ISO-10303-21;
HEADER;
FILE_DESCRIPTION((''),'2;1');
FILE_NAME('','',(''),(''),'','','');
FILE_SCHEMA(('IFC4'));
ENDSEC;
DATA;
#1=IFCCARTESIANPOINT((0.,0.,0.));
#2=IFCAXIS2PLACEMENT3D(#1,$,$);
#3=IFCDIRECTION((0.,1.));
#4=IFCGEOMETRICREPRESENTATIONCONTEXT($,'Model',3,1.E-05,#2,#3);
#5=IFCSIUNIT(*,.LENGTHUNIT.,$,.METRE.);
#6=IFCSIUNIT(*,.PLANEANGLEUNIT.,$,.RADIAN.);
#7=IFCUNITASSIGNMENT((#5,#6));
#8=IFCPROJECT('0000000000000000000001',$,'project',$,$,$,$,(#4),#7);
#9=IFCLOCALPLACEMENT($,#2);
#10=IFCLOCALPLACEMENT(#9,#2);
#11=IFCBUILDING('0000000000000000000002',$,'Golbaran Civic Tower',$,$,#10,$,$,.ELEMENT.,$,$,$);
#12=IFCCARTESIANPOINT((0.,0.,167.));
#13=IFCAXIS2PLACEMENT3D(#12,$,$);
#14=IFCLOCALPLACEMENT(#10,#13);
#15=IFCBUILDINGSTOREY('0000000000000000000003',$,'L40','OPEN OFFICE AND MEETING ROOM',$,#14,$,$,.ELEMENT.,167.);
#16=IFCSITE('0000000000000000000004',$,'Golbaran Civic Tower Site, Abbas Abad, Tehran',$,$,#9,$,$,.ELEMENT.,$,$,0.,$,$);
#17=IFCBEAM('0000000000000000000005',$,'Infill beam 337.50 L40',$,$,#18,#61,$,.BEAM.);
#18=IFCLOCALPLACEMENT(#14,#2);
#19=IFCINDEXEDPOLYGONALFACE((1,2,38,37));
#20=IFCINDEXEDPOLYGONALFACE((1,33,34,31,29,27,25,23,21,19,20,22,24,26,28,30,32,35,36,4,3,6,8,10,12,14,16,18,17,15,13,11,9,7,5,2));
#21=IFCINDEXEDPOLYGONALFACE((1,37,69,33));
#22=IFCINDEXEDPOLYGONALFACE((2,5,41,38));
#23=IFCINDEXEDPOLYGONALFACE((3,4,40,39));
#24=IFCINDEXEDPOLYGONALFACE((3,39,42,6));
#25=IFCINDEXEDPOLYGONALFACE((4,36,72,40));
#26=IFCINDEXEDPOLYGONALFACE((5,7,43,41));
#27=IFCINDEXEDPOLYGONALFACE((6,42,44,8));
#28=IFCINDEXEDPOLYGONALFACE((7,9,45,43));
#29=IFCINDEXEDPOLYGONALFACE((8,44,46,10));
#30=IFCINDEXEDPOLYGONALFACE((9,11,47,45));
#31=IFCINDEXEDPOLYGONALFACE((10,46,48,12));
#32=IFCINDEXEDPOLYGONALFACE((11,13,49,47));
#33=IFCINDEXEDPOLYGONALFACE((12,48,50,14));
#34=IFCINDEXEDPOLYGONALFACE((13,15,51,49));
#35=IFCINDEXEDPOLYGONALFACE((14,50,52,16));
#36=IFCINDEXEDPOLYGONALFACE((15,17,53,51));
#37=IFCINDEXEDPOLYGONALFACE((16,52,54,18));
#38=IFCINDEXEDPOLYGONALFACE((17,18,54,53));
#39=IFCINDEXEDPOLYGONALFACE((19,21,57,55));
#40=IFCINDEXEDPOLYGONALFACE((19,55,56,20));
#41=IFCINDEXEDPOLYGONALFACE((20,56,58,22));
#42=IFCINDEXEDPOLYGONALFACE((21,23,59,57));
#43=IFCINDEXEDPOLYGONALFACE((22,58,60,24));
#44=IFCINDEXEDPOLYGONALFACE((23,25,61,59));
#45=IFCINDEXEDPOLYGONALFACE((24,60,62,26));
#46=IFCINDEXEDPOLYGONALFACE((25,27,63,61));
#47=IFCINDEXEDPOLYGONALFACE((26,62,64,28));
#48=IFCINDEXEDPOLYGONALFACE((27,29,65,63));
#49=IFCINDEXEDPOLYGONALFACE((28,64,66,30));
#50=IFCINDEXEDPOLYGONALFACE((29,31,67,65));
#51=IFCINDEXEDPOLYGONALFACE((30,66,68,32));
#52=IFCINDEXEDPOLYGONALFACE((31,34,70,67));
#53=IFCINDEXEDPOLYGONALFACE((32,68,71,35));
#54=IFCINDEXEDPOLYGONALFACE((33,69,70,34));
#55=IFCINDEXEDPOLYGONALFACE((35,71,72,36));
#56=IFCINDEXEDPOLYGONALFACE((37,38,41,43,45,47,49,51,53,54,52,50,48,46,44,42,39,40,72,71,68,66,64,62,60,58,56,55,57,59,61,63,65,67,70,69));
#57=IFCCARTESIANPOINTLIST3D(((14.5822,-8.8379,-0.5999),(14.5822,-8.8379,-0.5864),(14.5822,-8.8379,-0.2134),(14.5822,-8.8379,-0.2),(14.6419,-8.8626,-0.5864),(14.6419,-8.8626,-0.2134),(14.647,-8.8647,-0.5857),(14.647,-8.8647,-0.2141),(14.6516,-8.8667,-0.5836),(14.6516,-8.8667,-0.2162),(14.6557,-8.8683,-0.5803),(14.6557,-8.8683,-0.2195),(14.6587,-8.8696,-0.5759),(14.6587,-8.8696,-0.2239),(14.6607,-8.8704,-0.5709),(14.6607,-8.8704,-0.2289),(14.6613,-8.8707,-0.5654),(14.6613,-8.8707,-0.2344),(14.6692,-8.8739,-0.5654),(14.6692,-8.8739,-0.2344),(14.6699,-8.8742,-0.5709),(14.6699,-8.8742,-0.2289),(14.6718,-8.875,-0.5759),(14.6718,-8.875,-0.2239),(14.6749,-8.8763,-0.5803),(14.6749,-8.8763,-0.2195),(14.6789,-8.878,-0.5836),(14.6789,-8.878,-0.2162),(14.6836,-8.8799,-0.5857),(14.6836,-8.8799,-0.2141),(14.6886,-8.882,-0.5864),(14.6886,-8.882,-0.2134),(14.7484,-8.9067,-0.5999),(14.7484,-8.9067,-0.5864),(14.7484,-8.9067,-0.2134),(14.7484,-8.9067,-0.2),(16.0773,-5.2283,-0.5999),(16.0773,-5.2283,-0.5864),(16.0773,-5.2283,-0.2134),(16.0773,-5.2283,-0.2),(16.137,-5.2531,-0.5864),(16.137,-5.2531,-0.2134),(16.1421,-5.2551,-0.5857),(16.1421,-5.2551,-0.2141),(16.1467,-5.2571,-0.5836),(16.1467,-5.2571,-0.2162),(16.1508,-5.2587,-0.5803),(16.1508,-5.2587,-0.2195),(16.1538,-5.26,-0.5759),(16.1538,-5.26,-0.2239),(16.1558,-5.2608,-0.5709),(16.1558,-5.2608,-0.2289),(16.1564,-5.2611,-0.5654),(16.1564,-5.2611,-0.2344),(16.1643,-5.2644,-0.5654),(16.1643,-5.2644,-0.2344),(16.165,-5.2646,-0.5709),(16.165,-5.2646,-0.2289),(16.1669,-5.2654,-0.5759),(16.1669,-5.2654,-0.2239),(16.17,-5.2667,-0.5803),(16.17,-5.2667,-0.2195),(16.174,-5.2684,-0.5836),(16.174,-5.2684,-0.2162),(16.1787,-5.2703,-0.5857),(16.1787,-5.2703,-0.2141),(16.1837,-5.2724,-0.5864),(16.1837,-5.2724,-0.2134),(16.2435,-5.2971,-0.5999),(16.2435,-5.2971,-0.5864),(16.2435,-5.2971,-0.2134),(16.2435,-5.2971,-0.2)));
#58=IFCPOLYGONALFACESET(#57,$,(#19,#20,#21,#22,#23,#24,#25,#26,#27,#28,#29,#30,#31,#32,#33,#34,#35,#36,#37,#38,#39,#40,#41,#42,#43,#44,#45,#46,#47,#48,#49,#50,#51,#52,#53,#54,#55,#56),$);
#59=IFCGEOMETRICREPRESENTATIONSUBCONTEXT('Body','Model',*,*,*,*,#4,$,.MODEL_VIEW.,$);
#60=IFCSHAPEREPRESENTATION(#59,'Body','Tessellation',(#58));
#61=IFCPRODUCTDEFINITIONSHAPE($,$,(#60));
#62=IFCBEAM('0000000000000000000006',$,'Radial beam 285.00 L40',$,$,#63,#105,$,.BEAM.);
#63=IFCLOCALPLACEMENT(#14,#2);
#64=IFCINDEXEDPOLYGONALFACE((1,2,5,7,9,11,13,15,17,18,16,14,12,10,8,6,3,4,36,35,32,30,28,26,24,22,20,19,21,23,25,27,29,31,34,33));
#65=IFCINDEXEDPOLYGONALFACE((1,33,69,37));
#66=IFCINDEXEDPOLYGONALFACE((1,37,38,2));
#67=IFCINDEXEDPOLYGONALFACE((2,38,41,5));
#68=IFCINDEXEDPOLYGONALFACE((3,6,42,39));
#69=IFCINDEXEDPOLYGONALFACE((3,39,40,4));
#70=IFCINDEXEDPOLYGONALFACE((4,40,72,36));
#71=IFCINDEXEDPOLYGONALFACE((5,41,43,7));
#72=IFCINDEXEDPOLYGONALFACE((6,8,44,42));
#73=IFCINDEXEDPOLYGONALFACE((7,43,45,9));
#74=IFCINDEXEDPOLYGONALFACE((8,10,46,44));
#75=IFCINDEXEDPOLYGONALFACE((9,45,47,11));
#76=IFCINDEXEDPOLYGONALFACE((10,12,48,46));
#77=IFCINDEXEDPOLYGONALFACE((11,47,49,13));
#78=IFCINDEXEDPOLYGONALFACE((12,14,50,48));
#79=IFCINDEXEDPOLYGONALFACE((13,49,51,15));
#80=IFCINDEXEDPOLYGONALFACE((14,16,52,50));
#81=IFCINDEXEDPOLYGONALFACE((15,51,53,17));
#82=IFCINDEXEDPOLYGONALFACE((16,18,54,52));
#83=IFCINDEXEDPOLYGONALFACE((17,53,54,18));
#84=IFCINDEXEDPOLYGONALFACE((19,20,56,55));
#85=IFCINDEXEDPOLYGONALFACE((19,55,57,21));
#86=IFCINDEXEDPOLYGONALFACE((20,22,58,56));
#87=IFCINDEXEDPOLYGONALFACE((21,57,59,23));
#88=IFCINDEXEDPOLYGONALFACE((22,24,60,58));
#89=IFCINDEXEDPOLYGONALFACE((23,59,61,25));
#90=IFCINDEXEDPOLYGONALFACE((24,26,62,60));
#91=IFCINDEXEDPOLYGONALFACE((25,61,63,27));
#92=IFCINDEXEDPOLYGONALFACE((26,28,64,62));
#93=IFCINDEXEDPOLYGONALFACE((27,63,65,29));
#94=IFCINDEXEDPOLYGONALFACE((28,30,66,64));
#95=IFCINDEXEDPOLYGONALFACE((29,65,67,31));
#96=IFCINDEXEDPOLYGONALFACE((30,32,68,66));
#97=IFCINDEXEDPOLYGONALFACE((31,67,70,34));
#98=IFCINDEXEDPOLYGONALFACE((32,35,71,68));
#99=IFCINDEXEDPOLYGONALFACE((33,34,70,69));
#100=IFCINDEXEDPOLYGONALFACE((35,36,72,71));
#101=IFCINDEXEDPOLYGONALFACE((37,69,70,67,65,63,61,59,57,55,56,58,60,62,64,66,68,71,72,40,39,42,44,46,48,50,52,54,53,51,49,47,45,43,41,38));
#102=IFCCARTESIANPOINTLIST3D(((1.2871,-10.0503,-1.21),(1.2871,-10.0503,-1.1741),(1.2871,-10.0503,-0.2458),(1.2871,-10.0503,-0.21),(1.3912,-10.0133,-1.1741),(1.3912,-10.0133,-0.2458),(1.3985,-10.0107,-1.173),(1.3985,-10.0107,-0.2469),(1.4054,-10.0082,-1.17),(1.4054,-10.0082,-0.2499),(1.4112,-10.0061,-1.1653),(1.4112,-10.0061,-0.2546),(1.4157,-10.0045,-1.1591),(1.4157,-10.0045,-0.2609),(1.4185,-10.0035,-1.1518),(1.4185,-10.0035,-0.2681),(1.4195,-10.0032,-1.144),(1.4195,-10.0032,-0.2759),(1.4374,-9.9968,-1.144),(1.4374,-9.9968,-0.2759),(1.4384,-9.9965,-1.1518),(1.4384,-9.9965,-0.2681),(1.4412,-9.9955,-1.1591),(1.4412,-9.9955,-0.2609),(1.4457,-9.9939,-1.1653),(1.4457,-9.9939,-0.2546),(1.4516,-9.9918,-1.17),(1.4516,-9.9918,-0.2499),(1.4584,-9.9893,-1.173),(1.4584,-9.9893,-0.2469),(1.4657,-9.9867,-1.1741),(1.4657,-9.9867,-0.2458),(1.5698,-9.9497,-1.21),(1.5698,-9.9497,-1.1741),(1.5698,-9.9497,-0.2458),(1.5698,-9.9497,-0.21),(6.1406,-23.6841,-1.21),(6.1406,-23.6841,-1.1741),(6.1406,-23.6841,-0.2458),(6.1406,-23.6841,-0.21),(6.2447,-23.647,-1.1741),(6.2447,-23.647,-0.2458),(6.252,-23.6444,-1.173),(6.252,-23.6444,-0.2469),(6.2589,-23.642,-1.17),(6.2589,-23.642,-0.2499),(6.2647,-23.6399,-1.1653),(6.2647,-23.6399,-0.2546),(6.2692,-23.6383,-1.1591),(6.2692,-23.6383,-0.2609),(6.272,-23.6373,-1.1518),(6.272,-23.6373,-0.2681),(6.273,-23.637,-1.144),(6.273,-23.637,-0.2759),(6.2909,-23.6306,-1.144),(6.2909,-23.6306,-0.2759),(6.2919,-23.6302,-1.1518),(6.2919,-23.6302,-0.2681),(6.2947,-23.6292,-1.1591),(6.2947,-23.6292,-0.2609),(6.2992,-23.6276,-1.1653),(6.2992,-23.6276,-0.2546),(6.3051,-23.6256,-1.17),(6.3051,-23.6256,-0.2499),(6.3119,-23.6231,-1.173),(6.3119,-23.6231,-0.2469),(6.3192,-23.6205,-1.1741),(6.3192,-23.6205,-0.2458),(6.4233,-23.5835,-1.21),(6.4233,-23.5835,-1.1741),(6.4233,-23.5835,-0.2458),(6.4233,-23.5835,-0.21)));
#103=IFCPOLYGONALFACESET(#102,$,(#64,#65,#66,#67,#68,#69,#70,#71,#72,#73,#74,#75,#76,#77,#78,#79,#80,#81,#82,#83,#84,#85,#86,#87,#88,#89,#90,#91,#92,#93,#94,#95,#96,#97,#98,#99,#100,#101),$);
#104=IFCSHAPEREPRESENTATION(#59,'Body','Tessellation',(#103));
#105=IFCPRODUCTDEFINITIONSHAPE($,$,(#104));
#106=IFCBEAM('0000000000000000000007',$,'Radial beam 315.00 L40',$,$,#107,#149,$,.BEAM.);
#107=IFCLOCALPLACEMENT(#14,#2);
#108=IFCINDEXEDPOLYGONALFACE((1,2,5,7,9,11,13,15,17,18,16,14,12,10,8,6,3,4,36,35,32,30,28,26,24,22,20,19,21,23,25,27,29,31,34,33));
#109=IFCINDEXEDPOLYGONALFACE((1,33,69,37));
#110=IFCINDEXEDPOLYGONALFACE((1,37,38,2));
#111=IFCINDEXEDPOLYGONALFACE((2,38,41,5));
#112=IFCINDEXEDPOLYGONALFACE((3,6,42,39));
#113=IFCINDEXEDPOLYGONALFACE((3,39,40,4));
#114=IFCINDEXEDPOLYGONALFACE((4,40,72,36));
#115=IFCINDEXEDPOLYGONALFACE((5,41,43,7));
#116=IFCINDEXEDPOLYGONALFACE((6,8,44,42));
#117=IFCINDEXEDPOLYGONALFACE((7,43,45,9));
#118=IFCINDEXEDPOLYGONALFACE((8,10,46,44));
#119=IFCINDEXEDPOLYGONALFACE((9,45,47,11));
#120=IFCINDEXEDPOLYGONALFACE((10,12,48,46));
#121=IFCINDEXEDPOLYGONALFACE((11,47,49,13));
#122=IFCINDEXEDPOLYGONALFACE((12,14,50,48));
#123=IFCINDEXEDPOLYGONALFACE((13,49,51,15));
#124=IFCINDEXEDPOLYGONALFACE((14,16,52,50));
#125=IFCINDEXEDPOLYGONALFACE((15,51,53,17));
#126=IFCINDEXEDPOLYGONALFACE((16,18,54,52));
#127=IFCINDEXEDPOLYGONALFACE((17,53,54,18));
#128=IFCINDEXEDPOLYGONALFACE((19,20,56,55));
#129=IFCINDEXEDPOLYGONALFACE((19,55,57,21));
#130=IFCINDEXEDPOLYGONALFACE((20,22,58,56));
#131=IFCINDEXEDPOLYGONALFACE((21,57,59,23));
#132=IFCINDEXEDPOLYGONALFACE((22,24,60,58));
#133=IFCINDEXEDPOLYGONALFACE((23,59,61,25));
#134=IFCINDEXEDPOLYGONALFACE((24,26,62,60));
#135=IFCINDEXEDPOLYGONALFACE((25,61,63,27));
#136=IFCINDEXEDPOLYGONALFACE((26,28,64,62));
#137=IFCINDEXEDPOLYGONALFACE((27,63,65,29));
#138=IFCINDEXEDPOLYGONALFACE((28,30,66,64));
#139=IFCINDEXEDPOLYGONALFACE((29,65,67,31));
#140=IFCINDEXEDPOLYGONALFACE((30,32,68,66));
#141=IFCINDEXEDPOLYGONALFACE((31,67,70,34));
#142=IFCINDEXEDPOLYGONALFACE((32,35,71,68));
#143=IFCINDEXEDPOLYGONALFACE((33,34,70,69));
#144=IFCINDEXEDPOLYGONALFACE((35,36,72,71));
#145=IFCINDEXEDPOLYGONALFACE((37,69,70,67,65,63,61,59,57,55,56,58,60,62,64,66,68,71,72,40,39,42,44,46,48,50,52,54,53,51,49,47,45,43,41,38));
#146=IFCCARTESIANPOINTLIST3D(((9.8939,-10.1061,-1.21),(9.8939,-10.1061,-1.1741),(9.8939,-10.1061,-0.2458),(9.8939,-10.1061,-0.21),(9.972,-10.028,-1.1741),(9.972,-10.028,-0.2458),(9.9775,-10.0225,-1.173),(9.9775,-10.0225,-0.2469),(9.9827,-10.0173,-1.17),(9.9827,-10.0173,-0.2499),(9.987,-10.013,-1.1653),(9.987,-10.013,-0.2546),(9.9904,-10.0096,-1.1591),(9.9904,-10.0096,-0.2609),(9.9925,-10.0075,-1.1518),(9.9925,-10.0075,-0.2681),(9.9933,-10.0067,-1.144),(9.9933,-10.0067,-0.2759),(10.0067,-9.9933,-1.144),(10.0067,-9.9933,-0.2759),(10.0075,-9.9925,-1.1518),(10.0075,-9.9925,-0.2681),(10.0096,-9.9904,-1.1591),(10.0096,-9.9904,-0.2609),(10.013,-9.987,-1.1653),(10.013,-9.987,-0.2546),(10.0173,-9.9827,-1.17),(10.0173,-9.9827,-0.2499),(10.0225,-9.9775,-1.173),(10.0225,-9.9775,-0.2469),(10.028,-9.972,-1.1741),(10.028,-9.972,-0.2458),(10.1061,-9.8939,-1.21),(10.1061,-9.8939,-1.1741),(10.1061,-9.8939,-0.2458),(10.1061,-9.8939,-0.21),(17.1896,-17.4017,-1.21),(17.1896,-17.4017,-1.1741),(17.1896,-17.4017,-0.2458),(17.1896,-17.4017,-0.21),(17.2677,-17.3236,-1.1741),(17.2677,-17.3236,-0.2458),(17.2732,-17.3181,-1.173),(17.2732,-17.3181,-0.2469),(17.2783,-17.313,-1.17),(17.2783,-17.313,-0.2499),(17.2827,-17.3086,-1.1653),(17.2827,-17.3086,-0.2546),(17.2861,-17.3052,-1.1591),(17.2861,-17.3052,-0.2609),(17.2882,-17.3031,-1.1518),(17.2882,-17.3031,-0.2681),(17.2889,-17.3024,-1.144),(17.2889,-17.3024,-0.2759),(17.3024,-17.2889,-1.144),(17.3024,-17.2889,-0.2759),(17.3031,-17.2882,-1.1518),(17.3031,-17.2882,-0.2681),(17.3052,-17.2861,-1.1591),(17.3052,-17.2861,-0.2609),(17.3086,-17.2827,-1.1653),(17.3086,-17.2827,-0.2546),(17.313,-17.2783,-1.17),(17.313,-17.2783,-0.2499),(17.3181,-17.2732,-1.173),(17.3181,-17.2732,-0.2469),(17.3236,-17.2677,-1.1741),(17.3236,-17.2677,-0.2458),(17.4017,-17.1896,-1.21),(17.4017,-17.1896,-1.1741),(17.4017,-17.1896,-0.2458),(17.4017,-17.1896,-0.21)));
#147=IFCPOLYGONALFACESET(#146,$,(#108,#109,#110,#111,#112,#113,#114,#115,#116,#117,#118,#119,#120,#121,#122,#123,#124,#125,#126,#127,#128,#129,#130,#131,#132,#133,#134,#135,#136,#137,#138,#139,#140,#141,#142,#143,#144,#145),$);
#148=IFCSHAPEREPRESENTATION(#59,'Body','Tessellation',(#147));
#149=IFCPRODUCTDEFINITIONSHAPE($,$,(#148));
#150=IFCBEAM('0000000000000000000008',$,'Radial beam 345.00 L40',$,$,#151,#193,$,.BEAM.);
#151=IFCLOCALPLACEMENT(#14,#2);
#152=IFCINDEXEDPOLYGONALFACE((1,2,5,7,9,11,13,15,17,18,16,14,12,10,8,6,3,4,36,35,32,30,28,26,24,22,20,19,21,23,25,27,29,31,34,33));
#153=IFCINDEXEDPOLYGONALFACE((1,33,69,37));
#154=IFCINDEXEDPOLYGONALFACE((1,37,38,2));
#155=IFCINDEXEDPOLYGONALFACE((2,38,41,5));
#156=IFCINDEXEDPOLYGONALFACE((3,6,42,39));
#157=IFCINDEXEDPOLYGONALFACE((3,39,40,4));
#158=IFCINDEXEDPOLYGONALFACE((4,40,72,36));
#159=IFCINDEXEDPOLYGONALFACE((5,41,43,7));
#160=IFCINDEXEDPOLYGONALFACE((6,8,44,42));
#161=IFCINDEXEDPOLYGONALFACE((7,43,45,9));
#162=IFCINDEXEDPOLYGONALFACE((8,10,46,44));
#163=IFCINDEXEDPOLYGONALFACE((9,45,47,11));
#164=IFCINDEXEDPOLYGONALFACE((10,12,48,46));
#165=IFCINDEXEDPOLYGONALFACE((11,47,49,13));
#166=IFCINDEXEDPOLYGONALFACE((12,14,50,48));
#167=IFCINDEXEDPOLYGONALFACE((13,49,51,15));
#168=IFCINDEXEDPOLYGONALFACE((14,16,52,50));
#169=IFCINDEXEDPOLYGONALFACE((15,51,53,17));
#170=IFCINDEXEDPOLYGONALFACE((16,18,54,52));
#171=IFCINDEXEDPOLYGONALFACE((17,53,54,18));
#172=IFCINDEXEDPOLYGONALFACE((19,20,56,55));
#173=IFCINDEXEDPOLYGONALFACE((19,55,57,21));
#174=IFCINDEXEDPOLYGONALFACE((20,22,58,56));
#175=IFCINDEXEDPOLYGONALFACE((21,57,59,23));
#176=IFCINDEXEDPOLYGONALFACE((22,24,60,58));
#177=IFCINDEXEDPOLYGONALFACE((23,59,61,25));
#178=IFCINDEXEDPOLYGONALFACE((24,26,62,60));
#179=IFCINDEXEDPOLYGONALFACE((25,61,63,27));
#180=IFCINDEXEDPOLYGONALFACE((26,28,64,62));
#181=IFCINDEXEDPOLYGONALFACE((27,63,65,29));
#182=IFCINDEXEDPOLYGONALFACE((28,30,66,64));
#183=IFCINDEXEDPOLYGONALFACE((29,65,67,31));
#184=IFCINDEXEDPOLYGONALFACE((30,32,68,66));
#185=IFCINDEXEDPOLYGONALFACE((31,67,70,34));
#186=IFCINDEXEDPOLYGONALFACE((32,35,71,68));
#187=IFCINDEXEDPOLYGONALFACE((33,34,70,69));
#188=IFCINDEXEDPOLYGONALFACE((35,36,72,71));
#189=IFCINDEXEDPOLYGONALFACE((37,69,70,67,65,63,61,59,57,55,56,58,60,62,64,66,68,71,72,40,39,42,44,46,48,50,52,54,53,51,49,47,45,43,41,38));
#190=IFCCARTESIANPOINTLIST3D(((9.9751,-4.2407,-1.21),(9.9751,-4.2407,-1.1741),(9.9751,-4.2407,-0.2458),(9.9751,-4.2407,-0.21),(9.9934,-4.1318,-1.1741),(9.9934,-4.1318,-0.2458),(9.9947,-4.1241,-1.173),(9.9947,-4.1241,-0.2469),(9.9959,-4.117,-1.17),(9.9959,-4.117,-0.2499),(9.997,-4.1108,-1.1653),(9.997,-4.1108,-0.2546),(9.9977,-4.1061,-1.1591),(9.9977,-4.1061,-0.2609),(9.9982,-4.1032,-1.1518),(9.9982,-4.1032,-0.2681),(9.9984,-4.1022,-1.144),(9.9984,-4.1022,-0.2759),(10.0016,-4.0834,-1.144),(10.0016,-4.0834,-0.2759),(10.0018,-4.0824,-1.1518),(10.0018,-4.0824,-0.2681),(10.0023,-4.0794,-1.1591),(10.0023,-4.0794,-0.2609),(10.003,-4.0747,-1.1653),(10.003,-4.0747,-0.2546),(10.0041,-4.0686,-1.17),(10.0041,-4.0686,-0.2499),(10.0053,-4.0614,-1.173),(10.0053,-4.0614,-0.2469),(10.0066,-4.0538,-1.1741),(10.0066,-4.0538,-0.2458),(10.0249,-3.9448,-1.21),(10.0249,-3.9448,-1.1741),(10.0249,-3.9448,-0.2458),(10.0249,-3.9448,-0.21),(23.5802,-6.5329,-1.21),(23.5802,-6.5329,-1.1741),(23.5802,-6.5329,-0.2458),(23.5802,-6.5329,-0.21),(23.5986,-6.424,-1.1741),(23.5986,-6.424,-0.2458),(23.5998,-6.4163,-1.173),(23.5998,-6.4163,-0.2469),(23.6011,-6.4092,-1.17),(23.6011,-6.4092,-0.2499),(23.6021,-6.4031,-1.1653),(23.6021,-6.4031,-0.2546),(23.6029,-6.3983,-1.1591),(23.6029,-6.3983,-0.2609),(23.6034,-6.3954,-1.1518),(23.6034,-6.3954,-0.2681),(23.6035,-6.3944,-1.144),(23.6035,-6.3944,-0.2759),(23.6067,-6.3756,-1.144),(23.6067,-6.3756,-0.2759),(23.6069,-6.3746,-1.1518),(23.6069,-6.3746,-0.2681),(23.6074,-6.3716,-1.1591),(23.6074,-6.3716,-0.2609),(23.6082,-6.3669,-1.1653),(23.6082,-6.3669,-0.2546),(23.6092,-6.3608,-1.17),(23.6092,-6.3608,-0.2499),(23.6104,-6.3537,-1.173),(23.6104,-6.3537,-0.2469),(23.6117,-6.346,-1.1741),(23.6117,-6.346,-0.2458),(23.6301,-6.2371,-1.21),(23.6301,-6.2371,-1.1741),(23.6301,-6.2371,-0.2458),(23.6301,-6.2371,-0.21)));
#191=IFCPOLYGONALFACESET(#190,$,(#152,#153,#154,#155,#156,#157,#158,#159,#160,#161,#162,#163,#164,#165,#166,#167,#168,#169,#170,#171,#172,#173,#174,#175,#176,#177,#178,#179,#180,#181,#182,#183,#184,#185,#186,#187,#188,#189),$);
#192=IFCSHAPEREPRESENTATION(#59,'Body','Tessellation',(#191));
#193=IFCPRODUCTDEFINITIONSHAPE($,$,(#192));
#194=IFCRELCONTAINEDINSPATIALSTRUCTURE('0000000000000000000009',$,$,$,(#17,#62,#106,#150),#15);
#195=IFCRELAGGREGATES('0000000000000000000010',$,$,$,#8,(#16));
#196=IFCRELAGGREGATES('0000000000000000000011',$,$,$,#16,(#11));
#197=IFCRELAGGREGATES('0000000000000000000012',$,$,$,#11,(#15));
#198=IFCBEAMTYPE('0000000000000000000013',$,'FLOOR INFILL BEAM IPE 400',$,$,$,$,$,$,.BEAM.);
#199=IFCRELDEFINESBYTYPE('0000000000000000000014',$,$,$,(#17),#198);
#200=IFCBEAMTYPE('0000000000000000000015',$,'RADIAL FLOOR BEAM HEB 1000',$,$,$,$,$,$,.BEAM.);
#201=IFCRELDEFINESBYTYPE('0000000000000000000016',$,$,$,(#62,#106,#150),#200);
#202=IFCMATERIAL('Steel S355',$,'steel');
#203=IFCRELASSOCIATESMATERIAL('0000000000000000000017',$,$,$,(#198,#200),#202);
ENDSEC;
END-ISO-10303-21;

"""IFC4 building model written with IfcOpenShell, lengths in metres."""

from ifc_helpers import new_model, si_unit, direction, frame, origin, origin_2d, place, context, subcontext, project, spatial, i_section, extrude, material, material_profile, profile_set, type_object, element, save


model = new_model("IFC4")

# Units and contexts
model_context = context("Model", 3, precision=1e-05, world=origin(), true_north=direction((0.0, 1.0)))
body_context = subcontext(model_context, "Body", "Model", "MODEL_VIEW")
ifc_project = project(units=[si_unit("LENGTHUNIT", "METRE"), si_unit("PLANEANGLEUNIT", "RADIAN")], contexts=[model_context])

# Site, building, storey
site_placement = place(None, origin())
site = spatial("IfcSite", under=ifc_project, at=site_placement, Name="Golbaran Civic Tower Site, Abbas Abad, Tehran", CompositionType="ELEMENT", RefElevation=0.0)
building_placement = place(site_placement, origin())
building = spatial("IfcBuilding", under=site, at=building_placement, Name="Golbaran Civic Tower", CompositionType="ELEMENT")
storey_placement = place(building_placement, frame((0.0, 0.0, 167.0)))
storey = spatial("IfcBuildingStorey", under=building, at=storey_placement, Name="L40", Description="OPEN OFFICE AND MEETING ROOM", CompositionType="ELEMENT", Elevation=167.0)

# Beams
ifc_material_1 = material(Name="Steel S355", Category="steel")
ifc_material_profile_1 = material_profile(ifc_material_1, i_section(OverallWidth=0.1799, OverallDepth=0.3999, WebThickness=0.0085, FlangeThickness=0.0134, FilletRadius=0.021, at=origin_2d()), Name="IPE 400")
ifc_profile_set_1 = profile_set([ifc_material_profile_1], Name="Steel S355")
beam_type_1 = type_object("IfcBeamType", Name="FLOOR INFILL BEAM IPE 400", PredefinedType="BEAM", material=ifc_profile_set_1)
beam_1_placement = place(storey_placement, frame((14.6653, -8.8723, -0.3999), z_axis=(0.382676, 0.923883, 0.0), x_axis=(-0.923883, 0.382676, 0.0)))
element("IfcBeam", 1, at=beam_1_placement, inside=storey, type_object=beam_type_1, Name="Infill beam 337.50 L40", PredefinedType="BEAM", context=body_context, shape_type="SweptSolid", body=[
    extrude(i_section(OverallWidth=0.1799, OverallDepth=0.3999, WebThickness=0.0085, FlangeThickness=0.0134, FilletRadius=0.021, at=origin_2d()), origin(), (0.0, 0.0, 1.0), 3.907),
])
ifc_material_profile_2 = material_profile(ifc_material_1, i_section(OverallWidth=0.3, OverallDepth=1.0, WebThickness=0.019, FlangeThickness=0.0359, FilletRadius=0.03, at=origin_2d()), Name="HEB 1000")
ifc_profile_set_2 = profile_set([ifc_material_profile_2], Name="Steel S355")
beam_type_2 = type_object("IfcBeamType", Name="RADIAL FLOOR BEAM HEB 1000", PredefinedType="BEAM", material=ifc_profile_set_2)
beam_2_placement = place(storey_placement, frame((1.4285, -10.0, -0.71), z_axis=(0.335374, -0.942085, 0.0), x_axis=(0.942085, 0.335374, 0.0)))
element("IfcBeam", 2, at=beam_2_placement, inside=storey, type_object=beam_type_2, Name="Radial beam 285.00 L40", PredefinedType="BEAM", context=body_context, shape_type="SweptSolid", body=[
    extrude(i_section(OverallWidth=0.3, OverallDepth=1.0, WebThickness=0.019, FlangeThickness=0.0359, FilletRadius=0.03, at=origin_2d()), origin(), (0.0, 0.0, 1.0), 14.4719),
])
beam_3_placement = place(storey_placement, frame((10.0, -10.0, -0.71), z_axis=(0.707107, -0.707107, 0.0), x_axis=(0.707107, 0.707107, 0.0)))
element("IfcBeam", 3, at=beam_3_placement, inside=storey, type_object=beam_type_2, Name="Radial beam 315.00 L40", PredefinedType="BEAM", context=body_context, shape_type="SweptSolid", body=[
    extrude(i_section(OverallWidth=0.3, OverallDepth=1.0, WebThickness=0.019, FlangeThickness=0.0359, FilletRadius=0.03, at=origin_2d()), origin(), (0.0, 0.0, 1.0), 10.3176),
])
beam_4_placement = place(storey_placement, frame((10.0, -4.0928, -0.71), z_axis=(0.986102, -0.166141, 0.0), x_axis=(0.166141, 0.986102, 0.0)))
element("IfcBeam", 4, at=beam_4_placement, inside=storey, type_object=beam_type_2, Name="Radial beam 345.00 L40", PredefinedType="BEAM", context=body_context, shape_type="SweptSolid", body=[
    extrude(i_section(OverallWidth=0.3, OverallDepth=1.0, WebThickness=0.019, FlangeThickness=0.0359, FilletRadius=0.03, at=origin_2d()), origin(), (0.0, 0.0, 1.0), 13.7969),
])

save(model, "model.ifc")
